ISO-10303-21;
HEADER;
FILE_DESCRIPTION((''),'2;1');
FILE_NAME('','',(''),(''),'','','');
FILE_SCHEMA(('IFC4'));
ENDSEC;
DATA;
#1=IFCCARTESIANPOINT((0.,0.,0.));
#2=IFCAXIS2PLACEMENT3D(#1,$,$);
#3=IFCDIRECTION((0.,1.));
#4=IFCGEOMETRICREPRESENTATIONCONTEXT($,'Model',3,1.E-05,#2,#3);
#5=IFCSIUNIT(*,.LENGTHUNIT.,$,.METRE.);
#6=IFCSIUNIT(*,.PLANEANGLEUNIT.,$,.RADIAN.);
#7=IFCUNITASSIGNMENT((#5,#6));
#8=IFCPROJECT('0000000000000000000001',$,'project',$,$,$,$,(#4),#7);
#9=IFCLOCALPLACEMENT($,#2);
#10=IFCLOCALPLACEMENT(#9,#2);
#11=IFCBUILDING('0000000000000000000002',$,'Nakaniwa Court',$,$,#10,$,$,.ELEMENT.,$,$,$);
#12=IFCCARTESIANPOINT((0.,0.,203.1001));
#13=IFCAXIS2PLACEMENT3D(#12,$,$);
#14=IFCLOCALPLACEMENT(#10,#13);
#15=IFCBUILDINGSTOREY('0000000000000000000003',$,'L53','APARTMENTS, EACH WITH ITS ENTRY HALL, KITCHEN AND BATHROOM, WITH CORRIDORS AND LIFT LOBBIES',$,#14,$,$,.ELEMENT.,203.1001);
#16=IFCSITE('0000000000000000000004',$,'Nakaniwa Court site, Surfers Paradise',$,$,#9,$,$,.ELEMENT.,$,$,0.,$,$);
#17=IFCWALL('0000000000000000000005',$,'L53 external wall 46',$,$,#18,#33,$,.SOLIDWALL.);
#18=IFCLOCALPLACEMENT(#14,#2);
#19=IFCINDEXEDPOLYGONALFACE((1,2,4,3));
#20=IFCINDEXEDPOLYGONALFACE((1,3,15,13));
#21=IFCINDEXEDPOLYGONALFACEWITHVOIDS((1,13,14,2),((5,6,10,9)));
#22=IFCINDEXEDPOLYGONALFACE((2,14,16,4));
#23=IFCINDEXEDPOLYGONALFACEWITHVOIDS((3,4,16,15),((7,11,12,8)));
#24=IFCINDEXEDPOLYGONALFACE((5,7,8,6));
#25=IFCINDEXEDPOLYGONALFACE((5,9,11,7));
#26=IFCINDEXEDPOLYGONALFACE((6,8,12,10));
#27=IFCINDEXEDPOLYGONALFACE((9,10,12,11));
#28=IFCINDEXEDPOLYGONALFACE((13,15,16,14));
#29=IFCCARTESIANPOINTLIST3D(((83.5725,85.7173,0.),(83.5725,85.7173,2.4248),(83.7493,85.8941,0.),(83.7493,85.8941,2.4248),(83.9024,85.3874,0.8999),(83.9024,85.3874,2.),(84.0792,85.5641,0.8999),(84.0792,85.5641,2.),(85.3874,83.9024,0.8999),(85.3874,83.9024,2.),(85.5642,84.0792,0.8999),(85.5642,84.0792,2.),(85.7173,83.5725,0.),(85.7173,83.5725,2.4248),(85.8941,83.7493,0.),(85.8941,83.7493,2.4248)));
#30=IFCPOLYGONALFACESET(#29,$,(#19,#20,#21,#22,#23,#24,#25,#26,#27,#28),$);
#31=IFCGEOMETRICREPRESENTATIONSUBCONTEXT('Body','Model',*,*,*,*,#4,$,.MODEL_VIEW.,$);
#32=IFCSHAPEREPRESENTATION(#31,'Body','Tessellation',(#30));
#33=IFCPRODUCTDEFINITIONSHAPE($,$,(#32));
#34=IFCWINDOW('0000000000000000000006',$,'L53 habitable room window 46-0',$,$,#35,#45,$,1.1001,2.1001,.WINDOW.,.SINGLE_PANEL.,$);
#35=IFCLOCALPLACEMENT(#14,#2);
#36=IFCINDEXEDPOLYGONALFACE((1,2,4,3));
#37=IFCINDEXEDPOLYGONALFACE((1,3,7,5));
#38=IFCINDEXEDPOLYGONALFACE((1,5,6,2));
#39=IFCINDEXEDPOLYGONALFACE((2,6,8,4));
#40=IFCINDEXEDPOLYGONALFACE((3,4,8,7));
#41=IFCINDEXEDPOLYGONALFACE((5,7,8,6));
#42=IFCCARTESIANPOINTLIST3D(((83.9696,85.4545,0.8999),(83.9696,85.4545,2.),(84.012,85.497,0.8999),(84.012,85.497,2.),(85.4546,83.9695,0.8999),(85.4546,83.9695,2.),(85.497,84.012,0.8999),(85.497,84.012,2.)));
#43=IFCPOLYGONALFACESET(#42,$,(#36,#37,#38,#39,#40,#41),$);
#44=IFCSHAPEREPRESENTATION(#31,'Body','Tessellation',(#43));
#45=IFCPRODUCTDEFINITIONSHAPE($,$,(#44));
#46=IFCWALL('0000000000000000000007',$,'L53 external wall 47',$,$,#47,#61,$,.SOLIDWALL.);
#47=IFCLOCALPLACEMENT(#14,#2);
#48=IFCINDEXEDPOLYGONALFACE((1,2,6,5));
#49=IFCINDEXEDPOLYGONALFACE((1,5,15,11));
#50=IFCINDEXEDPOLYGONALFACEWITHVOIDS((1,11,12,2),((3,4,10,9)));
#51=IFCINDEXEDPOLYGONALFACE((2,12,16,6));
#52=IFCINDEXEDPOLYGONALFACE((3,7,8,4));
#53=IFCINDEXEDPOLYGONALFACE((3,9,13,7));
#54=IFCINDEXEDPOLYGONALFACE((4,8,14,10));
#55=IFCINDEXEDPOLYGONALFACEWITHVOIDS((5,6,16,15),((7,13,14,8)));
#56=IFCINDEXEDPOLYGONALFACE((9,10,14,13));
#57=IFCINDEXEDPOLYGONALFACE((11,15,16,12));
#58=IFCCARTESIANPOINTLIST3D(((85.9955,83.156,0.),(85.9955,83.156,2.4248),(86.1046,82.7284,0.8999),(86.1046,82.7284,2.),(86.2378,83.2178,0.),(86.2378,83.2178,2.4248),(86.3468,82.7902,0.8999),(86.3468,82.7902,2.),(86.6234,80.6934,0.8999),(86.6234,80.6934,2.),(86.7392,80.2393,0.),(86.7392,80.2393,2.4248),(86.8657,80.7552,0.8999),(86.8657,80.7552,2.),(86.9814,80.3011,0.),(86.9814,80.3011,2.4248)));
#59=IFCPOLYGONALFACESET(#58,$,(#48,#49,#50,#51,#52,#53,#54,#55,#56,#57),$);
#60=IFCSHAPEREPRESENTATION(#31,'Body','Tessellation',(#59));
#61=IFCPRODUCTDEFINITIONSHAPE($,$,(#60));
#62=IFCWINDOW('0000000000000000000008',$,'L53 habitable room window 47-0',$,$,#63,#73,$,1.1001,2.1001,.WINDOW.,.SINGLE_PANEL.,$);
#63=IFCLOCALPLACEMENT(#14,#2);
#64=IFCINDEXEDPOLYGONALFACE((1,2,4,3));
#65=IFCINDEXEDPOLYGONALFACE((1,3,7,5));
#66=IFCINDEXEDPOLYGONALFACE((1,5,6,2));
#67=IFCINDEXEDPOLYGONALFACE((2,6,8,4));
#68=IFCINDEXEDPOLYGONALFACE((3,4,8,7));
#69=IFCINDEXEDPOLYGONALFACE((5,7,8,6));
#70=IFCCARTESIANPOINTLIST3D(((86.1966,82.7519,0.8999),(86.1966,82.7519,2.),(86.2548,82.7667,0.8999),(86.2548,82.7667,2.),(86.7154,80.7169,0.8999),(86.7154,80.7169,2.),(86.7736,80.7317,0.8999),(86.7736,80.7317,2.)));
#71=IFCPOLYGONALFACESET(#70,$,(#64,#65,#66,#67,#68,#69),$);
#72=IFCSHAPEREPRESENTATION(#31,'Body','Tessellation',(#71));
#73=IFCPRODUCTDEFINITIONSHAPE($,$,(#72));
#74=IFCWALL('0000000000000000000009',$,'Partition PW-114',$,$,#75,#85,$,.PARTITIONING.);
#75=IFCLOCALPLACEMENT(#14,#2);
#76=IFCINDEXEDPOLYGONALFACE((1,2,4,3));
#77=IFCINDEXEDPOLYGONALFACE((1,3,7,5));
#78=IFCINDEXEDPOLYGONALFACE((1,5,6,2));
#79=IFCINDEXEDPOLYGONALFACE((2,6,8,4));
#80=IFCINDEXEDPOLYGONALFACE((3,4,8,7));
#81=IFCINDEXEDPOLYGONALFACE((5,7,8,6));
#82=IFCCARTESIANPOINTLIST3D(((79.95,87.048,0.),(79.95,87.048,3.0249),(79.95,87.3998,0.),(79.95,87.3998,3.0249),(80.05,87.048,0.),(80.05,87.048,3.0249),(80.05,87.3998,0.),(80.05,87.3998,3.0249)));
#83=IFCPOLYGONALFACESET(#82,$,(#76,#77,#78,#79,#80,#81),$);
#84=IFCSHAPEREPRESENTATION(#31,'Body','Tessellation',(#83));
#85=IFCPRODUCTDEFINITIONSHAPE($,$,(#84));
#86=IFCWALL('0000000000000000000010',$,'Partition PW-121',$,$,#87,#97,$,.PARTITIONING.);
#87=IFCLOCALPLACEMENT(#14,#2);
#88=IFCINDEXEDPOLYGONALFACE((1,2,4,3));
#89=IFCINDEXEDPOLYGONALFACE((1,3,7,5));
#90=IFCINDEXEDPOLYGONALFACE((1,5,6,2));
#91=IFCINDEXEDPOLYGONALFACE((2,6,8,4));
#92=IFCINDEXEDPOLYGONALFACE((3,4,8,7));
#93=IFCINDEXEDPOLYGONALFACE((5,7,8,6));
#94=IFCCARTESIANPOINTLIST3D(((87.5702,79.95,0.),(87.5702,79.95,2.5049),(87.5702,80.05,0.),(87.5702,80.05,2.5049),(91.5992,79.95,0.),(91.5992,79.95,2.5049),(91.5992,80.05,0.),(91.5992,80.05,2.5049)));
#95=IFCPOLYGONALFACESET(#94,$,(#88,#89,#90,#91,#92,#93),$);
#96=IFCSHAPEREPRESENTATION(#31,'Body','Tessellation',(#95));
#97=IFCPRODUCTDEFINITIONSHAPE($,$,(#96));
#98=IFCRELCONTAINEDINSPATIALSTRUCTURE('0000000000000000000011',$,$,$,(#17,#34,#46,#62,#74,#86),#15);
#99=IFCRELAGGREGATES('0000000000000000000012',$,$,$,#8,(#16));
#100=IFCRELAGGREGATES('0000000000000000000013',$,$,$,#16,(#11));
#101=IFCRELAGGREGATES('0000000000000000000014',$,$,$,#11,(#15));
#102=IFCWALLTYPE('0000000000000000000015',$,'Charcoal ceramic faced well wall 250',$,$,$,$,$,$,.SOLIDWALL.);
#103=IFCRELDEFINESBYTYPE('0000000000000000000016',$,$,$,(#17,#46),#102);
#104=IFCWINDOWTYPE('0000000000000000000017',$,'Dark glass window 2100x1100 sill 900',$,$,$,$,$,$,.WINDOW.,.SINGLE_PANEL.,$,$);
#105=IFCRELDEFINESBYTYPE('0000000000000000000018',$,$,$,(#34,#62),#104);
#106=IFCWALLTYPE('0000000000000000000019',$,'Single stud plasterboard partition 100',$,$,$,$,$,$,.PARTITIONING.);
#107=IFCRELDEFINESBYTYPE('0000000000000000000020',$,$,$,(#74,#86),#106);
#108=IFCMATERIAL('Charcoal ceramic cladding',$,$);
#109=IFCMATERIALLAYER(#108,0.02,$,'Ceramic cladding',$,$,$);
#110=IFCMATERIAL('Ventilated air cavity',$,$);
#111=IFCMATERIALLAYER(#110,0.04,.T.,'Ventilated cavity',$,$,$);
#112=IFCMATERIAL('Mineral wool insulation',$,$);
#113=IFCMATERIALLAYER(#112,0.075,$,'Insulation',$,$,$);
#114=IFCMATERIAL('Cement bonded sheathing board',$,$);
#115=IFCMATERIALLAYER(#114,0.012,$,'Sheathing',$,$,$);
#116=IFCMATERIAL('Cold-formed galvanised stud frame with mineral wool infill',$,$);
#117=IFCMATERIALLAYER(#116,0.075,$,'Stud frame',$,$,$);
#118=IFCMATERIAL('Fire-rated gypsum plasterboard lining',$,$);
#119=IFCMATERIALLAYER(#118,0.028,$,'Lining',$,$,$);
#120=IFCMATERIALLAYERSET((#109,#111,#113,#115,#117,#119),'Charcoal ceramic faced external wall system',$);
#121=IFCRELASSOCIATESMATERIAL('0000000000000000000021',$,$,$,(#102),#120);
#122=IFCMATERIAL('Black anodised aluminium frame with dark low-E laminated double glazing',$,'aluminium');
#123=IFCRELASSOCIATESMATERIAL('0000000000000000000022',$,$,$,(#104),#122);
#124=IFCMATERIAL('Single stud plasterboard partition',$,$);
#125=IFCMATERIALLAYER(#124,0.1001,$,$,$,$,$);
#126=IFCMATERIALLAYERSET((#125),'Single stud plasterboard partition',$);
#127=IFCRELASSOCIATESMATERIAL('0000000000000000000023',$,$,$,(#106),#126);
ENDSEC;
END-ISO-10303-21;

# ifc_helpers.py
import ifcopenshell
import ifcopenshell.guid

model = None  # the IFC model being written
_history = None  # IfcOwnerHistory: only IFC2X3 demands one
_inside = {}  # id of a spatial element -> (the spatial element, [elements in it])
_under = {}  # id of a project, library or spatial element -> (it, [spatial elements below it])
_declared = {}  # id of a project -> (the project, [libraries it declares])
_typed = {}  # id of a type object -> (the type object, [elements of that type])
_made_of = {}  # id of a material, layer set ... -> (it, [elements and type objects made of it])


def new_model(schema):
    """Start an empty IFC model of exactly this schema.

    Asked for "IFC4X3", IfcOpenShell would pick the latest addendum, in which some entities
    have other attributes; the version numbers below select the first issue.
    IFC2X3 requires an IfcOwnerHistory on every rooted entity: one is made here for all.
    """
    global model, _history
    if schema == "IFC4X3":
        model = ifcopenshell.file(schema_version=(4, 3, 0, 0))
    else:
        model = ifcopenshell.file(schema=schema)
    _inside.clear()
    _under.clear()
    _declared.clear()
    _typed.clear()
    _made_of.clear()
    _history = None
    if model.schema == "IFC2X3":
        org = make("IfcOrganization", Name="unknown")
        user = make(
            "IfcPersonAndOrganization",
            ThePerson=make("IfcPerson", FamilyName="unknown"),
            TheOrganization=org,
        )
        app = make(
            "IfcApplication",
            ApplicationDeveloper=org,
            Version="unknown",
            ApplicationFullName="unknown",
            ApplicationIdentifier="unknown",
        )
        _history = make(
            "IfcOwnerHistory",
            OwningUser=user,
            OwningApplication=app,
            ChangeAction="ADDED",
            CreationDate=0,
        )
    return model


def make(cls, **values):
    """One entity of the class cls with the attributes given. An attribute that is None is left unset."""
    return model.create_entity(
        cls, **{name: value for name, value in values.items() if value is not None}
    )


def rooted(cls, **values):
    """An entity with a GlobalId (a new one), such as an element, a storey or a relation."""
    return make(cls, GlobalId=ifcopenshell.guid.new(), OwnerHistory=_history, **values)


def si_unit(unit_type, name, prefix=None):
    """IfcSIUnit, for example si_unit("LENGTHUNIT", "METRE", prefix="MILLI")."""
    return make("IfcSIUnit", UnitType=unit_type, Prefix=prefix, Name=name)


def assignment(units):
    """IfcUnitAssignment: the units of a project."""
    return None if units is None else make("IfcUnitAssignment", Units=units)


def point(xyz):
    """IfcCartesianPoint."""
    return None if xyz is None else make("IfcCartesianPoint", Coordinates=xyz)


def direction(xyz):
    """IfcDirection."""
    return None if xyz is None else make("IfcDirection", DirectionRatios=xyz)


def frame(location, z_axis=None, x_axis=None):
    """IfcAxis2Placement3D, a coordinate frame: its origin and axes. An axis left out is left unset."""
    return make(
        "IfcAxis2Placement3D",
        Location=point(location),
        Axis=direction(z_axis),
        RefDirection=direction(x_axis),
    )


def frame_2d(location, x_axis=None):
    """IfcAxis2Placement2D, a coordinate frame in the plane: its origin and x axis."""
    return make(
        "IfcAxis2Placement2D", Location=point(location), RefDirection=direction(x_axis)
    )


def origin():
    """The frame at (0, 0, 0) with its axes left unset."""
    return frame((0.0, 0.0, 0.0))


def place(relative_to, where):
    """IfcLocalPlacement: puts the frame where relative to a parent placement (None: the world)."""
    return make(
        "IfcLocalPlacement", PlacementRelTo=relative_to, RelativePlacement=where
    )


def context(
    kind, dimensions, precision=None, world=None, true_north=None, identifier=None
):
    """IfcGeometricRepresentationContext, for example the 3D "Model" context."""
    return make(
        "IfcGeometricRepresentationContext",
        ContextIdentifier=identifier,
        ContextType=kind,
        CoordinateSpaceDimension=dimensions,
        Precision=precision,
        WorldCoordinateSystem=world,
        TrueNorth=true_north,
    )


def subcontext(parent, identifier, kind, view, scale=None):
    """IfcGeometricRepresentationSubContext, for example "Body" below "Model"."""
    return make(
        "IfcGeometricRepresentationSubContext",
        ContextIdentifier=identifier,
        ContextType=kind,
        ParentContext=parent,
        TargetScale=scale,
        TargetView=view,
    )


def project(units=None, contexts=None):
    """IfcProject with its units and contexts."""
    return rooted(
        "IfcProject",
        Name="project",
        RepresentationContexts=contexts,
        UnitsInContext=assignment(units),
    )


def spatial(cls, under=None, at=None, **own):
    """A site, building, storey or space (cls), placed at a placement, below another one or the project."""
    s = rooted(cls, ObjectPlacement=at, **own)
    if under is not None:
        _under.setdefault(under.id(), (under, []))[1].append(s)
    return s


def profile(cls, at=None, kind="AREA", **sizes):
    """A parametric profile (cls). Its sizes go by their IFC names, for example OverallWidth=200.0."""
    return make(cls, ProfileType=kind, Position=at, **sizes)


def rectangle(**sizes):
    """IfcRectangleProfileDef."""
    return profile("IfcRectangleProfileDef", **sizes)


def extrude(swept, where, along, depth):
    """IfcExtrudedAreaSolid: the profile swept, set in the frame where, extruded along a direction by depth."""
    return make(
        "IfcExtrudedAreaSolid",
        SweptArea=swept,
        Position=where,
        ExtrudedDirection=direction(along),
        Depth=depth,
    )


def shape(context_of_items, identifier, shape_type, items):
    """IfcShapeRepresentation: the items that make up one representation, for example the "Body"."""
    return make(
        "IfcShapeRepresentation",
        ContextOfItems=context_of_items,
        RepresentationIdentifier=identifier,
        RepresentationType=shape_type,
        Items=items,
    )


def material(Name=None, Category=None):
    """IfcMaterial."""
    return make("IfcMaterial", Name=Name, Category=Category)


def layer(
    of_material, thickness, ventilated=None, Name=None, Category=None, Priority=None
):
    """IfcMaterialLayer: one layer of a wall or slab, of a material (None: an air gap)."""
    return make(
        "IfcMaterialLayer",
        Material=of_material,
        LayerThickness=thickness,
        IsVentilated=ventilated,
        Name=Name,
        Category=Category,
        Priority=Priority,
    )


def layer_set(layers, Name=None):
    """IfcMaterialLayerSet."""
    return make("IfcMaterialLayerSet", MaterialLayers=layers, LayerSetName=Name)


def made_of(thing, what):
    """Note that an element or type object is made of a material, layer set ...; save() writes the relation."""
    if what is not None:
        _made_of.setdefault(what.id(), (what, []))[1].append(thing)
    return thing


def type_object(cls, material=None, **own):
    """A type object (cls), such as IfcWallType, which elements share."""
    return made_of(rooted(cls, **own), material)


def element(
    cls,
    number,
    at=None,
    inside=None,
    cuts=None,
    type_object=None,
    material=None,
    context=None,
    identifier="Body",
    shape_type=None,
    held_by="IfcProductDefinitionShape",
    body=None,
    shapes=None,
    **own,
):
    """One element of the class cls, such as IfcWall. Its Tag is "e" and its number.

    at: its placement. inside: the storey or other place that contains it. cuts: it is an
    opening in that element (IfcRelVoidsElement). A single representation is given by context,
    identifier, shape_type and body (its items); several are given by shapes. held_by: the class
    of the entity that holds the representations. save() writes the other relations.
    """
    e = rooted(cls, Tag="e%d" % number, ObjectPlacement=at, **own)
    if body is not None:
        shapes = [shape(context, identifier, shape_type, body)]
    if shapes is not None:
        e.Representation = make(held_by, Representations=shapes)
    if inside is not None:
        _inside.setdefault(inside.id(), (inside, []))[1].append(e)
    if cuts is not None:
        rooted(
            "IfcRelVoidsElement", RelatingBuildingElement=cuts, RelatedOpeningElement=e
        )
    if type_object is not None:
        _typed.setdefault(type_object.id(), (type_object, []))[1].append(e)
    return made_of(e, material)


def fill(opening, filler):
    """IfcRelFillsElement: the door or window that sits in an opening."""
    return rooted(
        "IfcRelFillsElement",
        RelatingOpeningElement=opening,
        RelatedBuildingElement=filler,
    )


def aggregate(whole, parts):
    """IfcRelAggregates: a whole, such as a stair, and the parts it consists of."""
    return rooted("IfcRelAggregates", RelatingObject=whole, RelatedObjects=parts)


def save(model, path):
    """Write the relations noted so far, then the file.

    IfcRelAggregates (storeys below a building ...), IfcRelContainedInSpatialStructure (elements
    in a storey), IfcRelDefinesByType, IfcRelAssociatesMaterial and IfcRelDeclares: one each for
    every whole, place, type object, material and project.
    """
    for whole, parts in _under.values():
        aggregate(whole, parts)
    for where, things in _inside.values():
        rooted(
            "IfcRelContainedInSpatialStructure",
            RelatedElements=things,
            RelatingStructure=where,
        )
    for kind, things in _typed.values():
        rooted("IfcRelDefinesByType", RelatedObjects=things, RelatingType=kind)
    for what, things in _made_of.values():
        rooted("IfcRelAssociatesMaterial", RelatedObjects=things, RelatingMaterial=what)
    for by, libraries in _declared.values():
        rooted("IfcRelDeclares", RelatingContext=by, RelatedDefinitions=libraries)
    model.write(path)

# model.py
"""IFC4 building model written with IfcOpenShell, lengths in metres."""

from ifc_helpers import new_model, si_unit, direction, frame, frame_2d, origin, place, context, subcontext, project, spatial, rectangle, extrude, material, layer, layer_set, type_object, element, fill, save


model = new_model("IFC4")

# Units and contexts
model_context = context("Model", 3, precision=1e-05, world=origin(), true_north=direction((0.0, 1.0)))
body_context = subcontext(model_context, "Body", "Model", "MODEL_VIEW")
ifc_project = project(units=[si_unit("LENGTHUNIT", "METRE"), si_unit("PLANEANGLEUNIT", "RADIAN")], contexts=[model_context])

# Site, building, storey
site_placement = place(None, origin())
site = spatial("IfcSite", under=ifc_project, at=site_placement, Name="Nakaniwa Court site, Surfers Paradise", CompositionType="ELEMENT", RefElevation=0.0)
building_placement = place(site_placement, origin())
building = spatial("IfcBuilding", under=site, at=building_placement, Name="Nakaniwa Court", CompositionType="ELEMENT")
storey_placement = place(building_placement, frame((0.0, 0.0, 203.1001)))
storey = spatial("IfcBuildingStorey", under=building, at=storey_placement, Name="L53", Description="APARTMENTS, EACH WITH ITS ENTRY HALL, KITCHEN AND BATHROOM, WITH CORRIDORS AND LIFT LOBBIES", CompositionType="ELEMENT", Elevation=203.1001)

# Walls, openings, windows
ifc_material_1 = material(Name="Charcoal ceramic cladding")
ifc_layer_1 = layer(ifc_material_1, 0.02, Name="Ceramic cladding")
ifc_material_2 = material(Name="Ventilated air cavity")
ifc_layer_2 = layer(ifc_material_2, 0.04, ventilated=True, Name="Ventilated cavity")
ifc_material_3 = material(Name="Mineral wool insulation")
ifc_layer_3 = layer(ifc_material_3, 0.075, Name="Insulation")
ifc_material_4 = material(Name="Cement bonded sheathing board")
ifc_layer_4 = layer(ifc_material_4, 0.012, Name="Sheathing")
ifc_material_5 = material(Name="Cold-formed galvanised stud frame with mineral wool infill")
ifc_layer_5 = layer(ifc_material_5, 0.075, Name="Stud frame")
ifc_material_6 = material(Name="Fire-rated gypsum plasterboard lining")
ifc_layer_6 = layer(ifc_material_6, 0.028, Name="Lining")
ifc_layer_set_1 = layer_set([ifc_layer_1, ifc_layer_2, ifc_layer_3, ifc_layer_4, ifc_layer_5, ifc_layer_6], Name="Charcoal ceramic faced external wall system")
wall_type_1 = type_object("IfcWallType", Name="Charcoal ceramic faced well wall 250", PredefinedType="SOLIDWALL", material=ifc_layer_set_1)
ifc_material_7 = material(Name="Black anodised aluminium frame with dark low-E laminated double glazing", Category="aluminium")
window_type = type_object("IfcWindowType", Name="Dark glass window 2100x1100 sill 900", PartitioningType="SINGLE_PANEL", PredefinedType="WINDOW", material=ifc_material_7)
wall_1_placement = place(storey_placement, frame((83.6609, 85.8057, 0.0), z_axis=(0.0, 0.0, 1.0), x_axis=(0.707107, -0.707107, 0.0)))
wall_1 = element("IfcWall", 1, at=wall_1_placement, inside=storey, type_object=wall_type_1, Name="L53 external wall 46", PredefinedType="SOLIDWALL", context=body_context, shape_type="SweptSolid", body=[
    extrude(rectangle(XDim=3.0332, YDim=0.25, at=frame_2d((1.5166, 0.0))), origin(), (0.0, 0.0, 1.0), 2.4248),
])
opening_1_placement = place(wall_1_placement, frame((0.4666, 0.0, 0.8999)))
opening_1 = element("IfcOpeningElement", 2, at=opening_1_placement, cuts=wall_1, PredefinedType="OPENING", context=body_context, shape_type="SweptSolid", body=[
    extrude(rectangle(XDim=2.1001, YDim=1.1001, at=frame_2d((1.05, 0.55))), frame((0.0, 0.135, 0.0), z_axis=(0.0, -1.0, 0.0), x_axis=(1.0, 0.0, 0.0)), (0.0, 0.0, 1.0), 0.27),
])
window_1_placement = place(opening_1_placement, origin())
window_1 = element("IfcWindow", 3, at=window_1_placement, inside=storey, type_object=window_type, Name="L53 habitable room window 46-0", OverallHeight=1.1001, OverallWidth=2.1001, PartitioningType="SINGLE_PANEL", PredefinedType="WINDOW", context=body_context, shape_type="SweptSolid", body=[
    extrude(rectangle(XDim=2.1001, YDim=1.1001, at=frame_2d((1.05, 0.55))), frame((0.0, 0.03, 0.0), z_axis=(0.0, -1.0, 0.0), x_axis=(1.0, 0.0, 0.0)), (0.0, 0.0, 1.0), 0.0601),
])
fill(opening_1, window_1)
wall_2_placement = place(storey_placement, frame((86.1167, 83.1868, 0.0), z_axis=(0.0, 0.0, 1.0), x_axis=(0.247056, -0.969001, 0.0)))
wall_2 = element("IfcWall", 4, at=wall_2_placement, inside=storey, type_object=wall_type_1, Name="L53 external wall 47", PredefinedType="SOLIDWALL", context=body_context, shape_type="SweptSolid", body=[
    extrude(rectangle(XDim=3.01, YDim=0.25, at=frame_2d((1.5049, 0.0))), origin(), (0.0, 0.0, 1.0), 2.4248),
])
opening_2_placement = place(wall_2_placement, frame((0.4412, 0.0, 0.8999)))
opening_2 = element("IfcOpeningElement", 5, at=opening_2_placement, cuts=wall_2, PredefinedType="OPENING", context=body_context, shape_type="SweptSolid", body=[
    extrude(rectangle(XDim=2.1001, YDim=1.1001, at=frame_2d((1.05, 0.55))), frame((0.0, 0.135, 0.0), z_axis=(0.0, -1.0, 0.0), x_axis=(1.0, 0.0, 0.0)), (0.0, 0.0, 1.0), 0.27),
])
window_2_placement = place(opening_2_placement, origin())
window_2 = element("IfcWindow", 6, at=window_2_placement, inside=storey, type_object=window_type, Name="L53 habitable room window 47-0", OverallHeight=1.1001, OverallWidth=2.1001, PartitioningType="SINGLE_PANEL", PredefinedType="WINDOW", context=body_context, shape_type="SweptSolid", body=[
    extrude(rectangle(XDim=2.1001, YDim=1.1001, at=frame_2d((1.05, 0.55))), frame((0.0, 0.03, 0.0), z_axis=(0.0, -1.0, 0.0), x_axis=(1.0, 0.0, 0.0)), (0.0, 0.0, 1.0), 0.0601),
])
fill(opening_2, window_2)

# Walls
ifc_material_8 = material(Name="Single stud plasterboard partition")
ifc_layer_7 = layer(ifc_material_8, 0.1001)
ifc_layer_set_2 = layer_set([ifc_layer_7], Name="Single stud plasterboard partition")
wall_type_2 = type_object("IfcWallType", Name="Single stud plasterboard partition 100", PredefinedType="PARTITIONING", material=ifc_layer_set_2)
wall_3_placement = place(storey_placement, frame((80.0, 87.0481, 0.0), z_axis=(0.0, 0.0, 1.0), x_axis=(0.0, 1.0, 0.0)))
element("IfcWall", 7, at=wall_3_placement, inside=storey, type_object=wall_type_2, Name="Partition PW-114", PredefinedType="PARTITIONING", context=body_context, shape_type="SweptSolid", body=[
    extrude(rectangle(XDim=0.3518, YDim=0.1001, at=frame_2d((0.1758, 0.0))), origin(), (0.0, 0.0, 1.0), 3.0249),
])
wall_4_placement = place(storey_placement, frame((87.5701, 80.0, 0.0), z_axis=(0.0, 0.0, 1.0), x_axis=(1.0, 0.0, 0.0)))
element("IfcWall", 8, at=wall_4_placement, inside=storey, type_object=wall_type_2, Name="Partition PW-121", PredefinedType="PARTITIONING", context=body_context, shape_type="SweptSolid", body=[
    extrude(rectangle(XDim=4.0291, YDim=0.1001, at=frame_2d((2.0146, 0.0))), origin(), (0.0, 0.0, 1.0), 2.5049),
])

save(model, "model.ifc")
